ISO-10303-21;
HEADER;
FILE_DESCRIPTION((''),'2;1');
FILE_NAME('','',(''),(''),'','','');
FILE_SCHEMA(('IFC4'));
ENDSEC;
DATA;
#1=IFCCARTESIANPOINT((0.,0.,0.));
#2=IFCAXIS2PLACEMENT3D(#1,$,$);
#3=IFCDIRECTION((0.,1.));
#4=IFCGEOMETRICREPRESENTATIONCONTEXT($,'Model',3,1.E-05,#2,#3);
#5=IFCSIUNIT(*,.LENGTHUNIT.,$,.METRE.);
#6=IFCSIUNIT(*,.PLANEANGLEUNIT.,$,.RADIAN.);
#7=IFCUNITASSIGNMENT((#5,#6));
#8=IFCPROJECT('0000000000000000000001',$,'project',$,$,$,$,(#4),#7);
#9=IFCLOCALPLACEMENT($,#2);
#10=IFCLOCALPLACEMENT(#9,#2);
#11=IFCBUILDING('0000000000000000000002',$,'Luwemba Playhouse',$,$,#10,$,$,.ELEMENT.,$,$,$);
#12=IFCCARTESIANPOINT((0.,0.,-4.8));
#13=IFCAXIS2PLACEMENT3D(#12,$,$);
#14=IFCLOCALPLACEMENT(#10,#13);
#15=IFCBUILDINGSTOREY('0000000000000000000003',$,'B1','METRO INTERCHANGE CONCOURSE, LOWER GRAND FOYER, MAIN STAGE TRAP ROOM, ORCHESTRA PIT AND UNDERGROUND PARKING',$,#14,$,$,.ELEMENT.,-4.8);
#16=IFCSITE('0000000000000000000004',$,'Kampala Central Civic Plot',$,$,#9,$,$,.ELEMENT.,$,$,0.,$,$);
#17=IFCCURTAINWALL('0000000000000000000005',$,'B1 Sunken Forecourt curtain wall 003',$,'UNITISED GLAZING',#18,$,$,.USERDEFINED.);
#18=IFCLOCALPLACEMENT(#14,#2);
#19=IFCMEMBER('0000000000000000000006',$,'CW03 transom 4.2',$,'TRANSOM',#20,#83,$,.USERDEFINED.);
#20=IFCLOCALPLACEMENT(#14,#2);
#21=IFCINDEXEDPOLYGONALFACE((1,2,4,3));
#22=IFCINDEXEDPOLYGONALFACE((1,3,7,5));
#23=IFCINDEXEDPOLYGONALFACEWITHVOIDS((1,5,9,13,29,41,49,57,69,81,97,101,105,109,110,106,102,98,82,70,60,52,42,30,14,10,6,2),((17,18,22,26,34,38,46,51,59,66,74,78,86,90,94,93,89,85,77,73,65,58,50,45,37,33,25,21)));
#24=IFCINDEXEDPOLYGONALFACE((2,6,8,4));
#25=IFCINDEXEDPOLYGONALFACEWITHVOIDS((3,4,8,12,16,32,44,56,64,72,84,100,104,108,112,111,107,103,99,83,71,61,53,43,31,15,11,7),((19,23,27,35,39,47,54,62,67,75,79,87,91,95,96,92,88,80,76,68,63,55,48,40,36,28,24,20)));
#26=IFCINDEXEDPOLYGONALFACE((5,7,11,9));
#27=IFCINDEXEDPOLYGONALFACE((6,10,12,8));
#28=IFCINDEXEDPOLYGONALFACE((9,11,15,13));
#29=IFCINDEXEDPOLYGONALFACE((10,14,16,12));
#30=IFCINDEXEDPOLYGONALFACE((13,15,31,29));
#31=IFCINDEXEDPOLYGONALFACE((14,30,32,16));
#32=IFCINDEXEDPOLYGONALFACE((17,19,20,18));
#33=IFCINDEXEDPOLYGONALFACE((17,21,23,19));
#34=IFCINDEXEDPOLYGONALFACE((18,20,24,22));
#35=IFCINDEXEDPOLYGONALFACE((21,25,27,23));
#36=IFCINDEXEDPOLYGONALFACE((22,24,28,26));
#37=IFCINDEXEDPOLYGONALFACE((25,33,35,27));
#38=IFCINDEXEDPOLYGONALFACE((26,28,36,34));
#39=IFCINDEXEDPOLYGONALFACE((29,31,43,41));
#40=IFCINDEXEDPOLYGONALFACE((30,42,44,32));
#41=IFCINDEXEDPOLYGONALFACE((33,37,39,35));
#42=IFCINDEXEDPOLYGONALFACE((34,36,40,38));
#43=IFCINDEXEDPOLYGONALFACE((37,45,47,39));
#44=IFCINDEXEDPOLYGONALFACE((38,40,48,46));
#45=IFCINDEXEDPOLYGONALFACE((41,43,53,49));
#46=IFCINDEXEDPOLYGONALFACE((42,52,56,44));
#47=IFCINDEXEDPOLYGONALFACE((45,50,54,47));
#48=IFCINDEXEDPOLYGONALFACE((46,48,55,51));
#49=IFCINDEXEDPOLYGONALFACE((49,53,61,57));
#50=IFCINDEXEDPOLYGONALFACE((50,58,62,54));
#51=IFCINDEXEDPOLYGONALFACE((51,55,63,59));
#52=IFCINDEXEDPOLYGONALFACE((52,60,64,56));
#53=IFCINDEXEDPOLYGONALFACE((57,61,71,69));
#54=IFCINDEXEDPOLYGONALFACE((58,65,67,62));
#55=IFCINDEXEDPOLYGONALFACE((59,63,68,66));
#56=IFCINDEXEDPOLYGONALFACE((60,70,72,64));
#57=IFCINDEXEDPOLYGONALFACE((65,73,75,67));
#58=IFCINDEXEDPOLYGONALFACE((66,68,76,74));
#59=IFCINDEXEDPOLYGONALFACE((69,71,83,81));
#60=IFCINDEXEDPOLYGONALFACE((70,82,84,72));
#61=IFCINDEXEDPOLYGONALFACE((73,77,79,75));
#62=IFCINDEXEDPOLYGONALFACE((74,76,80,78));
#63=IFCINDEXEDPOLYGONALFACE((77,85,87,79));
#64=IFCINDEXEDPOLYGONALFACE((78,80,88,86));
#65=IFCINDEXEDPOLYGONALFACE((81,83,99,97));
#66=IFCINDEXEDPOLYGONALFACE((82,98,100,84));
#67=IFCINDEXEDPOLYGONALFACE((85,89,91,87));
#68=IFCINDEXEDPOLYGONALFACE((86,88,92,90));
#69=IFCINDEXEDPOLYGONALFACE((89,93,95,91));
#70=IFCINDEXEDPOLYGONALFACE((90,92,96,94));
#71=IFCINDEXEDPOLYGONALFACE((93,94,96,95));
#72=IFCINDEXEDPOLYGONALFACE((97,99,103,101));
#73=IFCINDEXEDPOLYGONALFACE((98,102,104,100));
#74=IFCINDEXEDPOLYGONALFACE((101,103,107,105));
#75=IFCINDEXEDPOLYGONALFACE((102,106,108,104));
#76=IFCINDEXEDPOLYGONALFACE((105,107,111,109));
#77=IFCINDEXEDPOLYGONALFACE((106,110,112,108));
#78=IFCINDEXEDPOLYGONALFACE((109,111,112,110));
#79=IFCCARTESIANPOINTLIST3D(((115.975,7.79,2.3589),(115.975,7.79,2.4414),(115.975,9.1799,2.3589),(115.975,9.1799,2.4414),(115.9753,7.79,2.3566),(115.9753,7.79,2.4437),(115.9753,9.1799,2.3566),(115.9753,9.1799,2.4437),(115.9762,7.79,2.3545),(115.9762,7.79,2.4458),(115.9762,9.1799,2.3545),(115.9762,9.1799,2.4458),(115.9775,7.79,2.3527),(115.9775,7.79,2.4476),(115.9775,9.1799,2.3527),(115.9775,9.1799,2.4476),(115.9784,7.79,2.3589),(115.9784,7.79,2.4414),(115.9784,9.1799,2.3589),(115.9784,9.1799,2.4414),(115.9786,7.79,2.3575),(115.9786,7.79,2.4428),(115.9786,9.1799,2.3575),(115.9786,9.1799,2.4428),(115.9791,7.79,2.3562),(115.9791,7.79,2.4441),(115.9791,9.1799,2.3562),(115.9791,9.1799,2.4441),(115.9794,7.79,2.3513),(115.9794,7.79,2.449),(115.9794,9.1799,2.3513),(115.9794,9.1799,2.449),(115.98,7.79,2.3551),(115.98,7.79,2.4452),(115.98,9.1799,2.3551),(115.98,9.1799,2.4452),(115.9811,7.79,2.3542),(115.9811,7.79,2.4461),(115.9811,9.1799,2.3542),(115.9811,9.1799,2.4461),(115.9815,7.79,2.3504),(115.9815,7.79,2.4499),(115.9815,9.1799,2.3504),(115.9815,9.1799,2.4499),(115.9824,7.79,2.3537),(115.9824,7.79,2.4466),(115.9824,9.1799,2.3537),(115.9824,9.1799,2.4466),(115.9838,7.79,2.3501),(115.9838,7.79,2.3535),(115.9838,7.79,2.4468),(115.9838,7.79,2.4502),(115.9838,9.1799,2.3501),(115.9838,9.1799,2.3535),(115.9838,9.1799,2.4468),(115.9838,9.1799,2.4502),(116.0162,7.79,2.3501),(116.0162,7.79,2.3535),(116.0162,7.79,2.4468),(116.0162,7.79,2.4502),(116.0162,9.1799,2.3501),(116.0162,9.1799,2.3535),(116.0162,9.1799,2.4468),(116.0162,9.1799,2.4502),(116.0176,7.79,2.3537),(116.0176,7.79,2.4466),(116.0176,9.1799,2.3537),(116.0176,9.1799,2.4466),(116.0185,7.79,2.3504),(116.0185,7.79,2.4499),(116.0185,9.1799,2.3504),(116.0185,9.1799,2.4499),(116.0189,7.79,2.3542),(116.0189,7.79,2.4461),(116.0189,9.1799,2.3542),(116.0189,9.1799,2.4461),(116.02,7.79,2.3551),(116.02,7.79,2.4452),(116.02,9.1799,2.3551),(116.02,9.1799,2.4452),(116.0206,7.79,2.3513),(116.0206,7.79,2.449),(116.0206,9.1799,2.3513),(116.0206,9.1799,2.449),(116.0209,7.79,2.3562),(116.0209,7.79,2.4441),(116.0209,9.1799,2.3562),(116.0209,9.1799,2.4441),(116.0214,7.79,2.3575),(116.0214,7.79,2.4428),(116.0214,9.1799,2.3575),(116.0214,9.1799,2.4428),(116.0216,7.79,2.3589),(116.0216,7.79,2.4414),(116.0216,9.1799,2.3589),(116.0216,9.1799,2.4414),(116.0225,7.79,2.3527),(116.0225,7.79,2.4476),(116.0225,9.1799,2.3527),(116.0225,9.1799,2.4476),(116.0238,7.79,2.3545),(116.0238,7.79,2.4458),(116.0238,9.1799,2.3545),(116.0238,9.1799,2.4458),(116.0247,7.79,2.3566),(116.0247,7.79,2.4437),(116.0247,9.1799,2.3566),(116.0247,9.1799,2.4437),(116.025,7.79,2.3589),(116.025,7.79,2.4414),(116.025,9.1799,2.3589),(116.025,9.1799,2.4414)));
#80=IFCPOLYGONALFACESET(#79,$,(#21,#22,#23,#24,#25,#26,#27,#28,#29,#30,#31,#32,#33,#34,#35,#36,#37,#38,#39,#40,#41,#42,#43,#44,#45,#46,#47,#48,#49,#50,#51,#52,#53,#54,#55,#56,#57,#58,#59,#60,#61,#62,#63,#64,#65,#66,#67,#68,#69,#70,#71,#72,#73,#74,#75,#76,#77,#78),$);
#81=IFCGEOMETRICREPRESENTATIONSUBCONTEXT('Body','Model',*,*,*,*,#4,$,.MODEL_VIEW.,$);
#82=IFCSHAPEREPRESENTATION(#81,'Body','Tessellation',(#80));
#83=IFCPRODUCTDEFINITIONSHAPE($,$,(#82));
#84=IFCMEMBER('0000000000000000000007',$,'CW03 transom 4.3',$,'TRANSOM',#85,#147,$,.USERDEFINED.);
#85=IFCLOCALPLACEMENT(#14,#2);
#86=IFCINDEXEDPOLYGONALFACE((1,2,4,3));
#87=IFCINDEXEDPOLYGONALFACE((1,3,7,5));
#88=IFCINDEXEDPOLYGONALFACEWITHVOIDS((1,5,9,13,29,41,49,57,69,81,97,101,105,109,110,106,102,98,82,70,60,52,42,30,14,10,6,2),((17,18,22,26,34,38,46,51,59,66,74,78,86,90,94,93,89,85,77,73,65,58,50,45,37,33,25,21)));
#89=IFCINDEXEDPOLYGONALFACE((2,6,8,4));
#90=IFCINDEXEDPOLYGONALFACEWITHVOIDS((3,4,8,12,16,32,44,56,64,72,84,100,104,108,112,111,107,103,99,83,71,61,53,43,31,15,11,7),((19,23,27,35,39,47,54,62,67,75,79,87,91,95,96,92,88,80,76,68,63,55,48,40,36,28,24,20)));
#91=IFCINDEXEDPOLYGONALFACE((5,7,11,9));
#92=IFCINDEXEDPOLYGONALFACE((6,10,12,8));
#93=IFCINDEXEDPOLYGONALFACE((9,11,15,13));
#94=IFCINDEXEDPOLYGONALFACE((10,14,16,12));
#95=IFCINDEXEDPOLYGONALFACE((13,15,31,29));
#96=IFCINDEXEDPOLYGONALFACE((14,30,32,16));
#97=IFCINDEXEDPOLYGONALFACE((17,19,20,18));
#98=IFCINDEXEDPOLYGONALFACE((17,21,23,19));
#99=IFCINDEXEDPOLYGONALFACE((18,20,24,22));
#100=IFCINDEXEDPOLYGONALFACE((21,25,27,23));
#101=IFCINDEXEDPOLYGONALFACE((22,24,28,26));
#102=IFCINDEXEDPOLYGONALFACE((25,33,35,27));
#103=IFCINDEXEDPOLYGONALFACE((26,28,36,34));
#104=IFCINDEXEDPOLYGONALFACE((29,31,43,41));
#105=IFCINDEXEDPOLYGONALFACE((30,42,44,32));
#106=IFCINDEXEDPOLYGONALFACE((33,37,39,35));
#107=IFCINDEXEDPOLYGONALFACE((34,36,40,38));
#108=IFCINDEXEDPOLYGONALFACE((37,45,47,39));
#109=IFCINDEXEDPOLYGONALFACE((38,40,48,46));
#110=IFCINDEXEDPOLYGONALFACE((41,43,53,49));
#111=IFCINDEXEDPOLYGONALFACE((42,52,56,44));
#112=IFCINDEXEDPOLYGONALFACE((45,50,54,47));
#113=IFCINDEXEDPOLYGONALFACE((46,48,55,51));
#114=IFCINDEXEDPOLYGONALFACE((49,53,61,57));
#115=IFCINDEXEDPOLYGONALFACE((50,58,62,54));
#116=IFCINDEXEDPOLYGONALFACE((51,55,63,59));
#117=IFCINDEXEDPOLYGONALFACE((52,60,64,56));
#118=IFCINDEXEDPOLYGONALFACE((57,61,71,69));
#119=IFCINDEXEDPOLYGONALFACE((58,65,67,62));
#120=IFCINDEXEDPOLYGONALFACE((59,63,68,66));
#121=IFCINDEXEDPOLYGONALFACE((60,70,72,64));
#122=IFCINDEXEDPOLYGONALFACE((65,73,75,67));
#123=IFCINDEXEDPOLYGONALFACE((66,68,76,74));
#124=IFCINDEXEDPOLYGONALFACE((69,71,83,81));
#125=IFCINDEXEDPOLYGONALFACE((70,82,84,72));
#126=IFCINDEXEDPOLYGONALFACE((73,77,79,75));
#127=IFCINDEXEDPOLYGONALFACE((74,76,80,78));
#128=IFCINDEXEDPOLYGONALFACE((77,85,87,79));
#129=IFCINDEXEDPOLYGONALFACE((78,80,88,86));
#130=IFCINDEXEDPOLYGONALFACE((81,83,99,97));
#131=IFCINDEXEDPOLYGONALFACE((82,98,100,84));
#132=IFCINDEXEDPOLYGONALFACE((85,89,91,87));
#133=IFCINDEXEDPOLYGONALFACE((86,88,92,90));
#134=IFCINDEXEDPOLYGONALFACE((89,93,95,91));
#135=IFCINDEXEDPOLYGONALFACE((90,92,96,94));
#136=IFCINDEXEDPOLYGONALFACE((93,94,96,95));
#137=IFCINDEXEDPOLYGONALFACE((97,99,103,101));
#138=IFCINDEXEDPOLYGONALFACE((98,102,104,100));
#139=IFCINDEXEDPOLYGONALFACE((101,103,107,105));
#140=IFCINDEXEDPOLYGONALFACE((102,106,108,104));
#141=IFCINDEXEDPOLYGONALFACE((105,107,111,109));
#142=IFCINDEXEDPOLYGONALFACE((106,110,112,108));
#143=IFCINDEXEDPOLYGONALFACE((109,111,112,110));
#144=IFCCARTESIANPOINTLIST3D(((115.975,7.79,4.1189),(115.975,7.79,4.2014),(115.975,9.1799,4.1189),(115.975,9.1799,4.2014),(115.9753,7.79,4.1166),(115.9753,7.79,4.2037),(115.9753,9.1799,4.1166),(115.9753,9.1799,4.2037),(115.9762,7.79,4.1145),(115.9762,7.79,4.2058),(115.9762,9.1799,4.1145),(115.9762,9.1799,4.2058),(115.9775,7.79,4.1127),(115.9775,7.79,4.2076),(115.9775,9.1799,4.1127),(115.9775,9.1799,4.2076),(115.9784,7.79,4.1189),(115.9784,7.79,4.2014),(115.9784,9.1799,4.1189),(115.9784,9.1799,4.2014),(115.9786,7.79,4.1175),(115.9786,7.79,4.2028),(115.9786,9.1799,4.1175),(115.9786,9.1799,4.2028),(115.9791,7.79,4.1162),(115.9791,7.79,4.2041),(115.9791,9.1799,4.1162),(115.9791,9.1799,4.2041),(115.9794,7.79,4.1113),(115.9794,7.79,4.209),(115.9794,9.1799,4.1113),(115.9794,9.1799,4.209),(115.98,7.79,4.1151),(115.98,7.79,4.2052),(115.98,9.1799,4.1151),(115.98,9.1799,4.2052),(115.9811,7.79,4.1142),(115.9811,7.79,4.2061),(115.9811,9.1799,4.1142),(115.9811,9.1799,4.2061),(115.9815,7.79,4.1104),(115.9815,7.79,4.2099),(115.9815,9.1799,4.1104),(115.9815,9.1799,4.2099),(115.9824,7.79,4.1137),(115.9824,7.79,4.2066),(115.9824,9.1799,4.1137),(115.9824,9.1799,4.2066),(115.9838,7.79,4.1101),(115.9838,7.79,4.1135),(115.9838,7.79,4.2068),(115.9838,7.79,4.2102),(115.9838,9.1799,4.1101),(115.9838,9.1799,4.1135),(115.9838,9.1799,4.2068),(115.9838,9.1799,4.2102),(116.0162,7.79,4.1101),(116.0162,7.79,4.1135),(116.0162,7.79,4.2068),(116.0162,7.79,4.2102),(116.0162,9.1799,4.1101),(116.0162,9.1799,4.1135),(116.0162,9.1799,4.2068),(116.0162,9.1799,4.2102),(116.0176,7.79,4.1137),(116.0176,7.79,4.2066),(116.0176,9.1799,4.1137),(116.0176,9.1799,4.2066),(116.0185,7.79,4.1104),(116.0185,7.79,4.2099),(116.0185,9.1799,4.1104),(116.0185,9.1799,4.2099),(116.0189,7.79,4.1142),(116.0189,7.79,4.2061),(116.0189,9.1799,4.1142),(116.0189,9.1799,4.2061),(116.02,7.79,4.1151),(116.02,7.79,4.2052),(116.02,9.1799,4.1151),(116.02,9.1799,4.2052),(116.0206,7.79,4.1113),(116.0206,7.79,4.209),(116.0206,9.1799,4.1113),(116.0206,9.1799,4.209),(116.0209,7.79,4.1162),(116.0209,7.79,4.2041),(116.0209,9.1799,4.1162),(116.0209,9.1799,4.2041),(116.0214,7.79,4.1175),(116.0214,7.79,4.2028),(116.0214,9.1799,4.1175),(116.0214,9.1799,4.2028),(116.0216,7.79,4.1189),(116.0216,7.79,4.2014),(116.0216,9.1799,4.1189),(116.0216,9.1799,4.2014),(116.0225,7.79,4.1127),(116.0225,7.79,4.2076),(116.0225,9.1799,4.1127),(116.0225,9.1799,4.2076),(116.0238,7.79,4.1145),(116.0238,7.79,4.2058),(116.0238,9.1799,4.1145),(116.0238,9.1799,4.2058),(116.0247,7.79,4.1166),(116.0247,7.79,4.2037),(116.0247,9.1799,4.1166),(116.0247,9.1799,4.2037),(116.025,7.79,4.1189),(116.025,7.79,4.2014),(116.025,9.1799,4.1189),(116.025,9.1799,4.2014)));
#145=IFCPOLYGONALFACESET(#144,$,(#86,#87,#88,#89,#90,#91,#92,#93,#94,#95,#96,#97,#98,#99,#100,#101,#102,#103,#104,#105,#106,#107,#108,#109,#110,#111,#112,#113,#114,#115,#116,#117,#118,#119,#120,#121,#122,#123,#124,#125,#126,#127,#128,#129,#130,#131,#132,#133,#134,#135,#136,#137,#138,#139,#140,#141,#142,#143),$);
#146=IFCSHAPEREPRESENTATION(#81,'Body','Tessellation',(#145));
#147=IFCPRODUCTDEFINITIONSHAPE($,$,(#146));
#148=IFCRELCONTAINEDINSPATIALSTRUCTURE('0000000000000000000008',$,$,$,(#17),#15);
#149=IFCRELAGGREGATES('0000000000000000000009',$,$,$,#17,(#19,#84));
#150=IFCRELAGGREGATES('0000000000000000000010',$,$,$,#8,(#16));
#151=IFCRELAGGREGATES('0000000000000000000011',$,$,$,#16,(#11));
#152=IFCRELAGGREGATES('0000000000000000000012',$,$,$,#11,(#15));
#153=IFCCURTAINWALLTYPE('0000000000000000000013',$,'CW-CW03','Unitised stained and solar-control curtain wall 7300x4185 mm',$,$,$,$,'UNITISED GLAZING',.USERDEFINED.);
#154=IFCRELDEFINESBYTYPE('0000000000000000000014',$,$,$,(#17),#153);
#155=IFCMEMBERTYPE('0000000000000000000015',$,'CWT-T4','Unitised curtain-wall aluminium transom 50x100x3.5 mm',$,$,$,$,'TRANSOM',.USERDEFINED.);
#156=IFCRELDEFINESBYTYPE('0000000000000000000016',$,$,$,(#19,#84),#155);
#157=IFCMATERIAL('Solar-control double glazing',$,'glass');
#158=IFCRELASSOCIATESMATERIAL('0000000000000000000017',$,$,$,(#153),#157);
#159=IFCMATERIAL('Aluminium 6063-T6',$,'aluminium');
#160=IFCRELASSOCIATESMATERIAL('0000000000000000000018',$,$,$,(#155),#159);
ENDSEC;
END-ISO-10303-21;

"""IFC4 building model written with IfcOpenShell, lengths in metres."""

from ifc_helpers import new_model, si_unit, direction, frame, origin, origin_2d, place, context, subcontext, project, spatial, hollow_rectangle, extrude, material, material_profile, profile_set, type_object, element, aggregate, save


model = new_model("IFC4")

# Units and contexts
model_context = context("Model", 3, precision=1e-05, world=origin(), true_north=direction((0.0, 1.0)))
body_context = subcontext(model_context, "Body", "Model", "MODEL_VIEW")
ifc_project = project(units=[si_unit("LENGTHUNIT", "METRE"), si_unit("PLANEANGLEUNIT", "RADIAN")], contexts=[model_context])

# Site, building, storey
site_placement = place(None, origin())
site = spatial("IfcSite", under=ifc_project, at=site_placement, Name="Kampala Central Civic Plot", CompositionType="ELEMENT", RefElevation=0.0)
building_placement = place(site_placement, origin())
building = spatial("IfcBuilding", under=site, at=building_placement, Name="Luwemba Playhouse", CompositionType="ELEMENT")
storey_placement = place(building_placement, frame((0.0, 0.0, -4.8)))
storey = spatial("IfcBuildingStorey", under=building, at=storey_placement, Name="B1", Description="METRO INTERCHANGE CONCOURSE, LOWER GRAND FOYER, MAIN STAGE TRAP ROOM, ORCHESTRA PIT AND UNDERGROUND PARKING", CompositionType="ELEMENT", Elevation=-4.8)

# Curtain wall, members
ifc_material_1 = material(Name="Solar-control double glazing", Category="glass")
curtain_wall_type = type_object("IfcCurtainWallType", Name="CW-CW03", Description="Unitised stained and solar-control curtain wall 7300x4185 mm", ElementType="UNITISED GLAZING", PredefinedType="USERDEFINED", material=ifc_material_1)
curtain_wall_placement = place(storey_placement, origin())
curtain_wall = element("IfcCurtainWall", 1, at=curtain_wall_placement, inside=storey, type_object=curtain_wall_type, Name="B1 Sunken Forecourt curtain wall 003", ObjectType="UNITISED GLAZING", PredefinedType="USERDEFINED")
ifc_material_2 = material(Name="Aluminium 6063-T6", Category="aluminium")
ifc_material_profile_1 = material_profile(ifc_material_2, hollow_rectangle(XDim=0.05, YDim=0.1001, WallThickness=0.0034, InnerFilletRadius=0.0054, OuterFilletRadius=0.0088, at=origin_2d()))
ifc_profile_set_1 = profile_set([ifc_material_profile_1], Name="Aluminium 6063-T6")
member_type_1 = type_object("IfcMemberType", Name="CWT-T4", Description="Unitised curtain-wall aluminium transom 50x100x3.5 mm", ElementType="TRANSOM", PredefinedType="USERDEFINED", material=ifc_profile_set_1)
member_1_placement = place(storey_placement, frame((116.0, 7.79, 2.4001), z_axis=(0.0, 1.0, 0.0), x_axis=(-1.0, 0.0, 0.0)))
member_1 = element("IfcMember", 2, at=member_1_placement, type_object=member_type_1, Name="CW03 transom 4.2", ObjectType="TRANSOM", PredefinedType="USERDEFINED", context=body_context, shape_type="SweptSolid", body=[
    extrude(hollow_rectangle(XDim=0.05, YDim=0.1001, WallThickness=0.0034, InnerFilletRadius=0.0054, OuterFilletRadius=0.0088, at=origin_2d()), origin(), (0.0, 0.0, 1.0), 1.3899),
])
member_2_placement = place(storey_placement, frame((116.0, 7.79, 4.1602), z_axis=(0.0, 1.0, 0.0), x_axis=(-1.0, 0.0, 0.0)))
member_2 = element("IfcMember", 3, at=member_2_placement, type_object=member_type_1, Name="CW03 transom 4.3", ObjectType="TRANSOM", PredefinedType="USERDEFINED", context=body_context, shape_type="SweptSolid", body=[
    extrude(hollow_rectangle(XDim=0.05, YDim=0.1001, WallThickness=0.0034, InnerFilletRadius=0.0054, OuterFilletRadius=0.0088, at=origin_2d()), origin(), (0.0, 0.0, 1.0), 1.3899),
])
aggregate(curtain_wall, [member_1, member_2])

save(model, "model.ifc")
